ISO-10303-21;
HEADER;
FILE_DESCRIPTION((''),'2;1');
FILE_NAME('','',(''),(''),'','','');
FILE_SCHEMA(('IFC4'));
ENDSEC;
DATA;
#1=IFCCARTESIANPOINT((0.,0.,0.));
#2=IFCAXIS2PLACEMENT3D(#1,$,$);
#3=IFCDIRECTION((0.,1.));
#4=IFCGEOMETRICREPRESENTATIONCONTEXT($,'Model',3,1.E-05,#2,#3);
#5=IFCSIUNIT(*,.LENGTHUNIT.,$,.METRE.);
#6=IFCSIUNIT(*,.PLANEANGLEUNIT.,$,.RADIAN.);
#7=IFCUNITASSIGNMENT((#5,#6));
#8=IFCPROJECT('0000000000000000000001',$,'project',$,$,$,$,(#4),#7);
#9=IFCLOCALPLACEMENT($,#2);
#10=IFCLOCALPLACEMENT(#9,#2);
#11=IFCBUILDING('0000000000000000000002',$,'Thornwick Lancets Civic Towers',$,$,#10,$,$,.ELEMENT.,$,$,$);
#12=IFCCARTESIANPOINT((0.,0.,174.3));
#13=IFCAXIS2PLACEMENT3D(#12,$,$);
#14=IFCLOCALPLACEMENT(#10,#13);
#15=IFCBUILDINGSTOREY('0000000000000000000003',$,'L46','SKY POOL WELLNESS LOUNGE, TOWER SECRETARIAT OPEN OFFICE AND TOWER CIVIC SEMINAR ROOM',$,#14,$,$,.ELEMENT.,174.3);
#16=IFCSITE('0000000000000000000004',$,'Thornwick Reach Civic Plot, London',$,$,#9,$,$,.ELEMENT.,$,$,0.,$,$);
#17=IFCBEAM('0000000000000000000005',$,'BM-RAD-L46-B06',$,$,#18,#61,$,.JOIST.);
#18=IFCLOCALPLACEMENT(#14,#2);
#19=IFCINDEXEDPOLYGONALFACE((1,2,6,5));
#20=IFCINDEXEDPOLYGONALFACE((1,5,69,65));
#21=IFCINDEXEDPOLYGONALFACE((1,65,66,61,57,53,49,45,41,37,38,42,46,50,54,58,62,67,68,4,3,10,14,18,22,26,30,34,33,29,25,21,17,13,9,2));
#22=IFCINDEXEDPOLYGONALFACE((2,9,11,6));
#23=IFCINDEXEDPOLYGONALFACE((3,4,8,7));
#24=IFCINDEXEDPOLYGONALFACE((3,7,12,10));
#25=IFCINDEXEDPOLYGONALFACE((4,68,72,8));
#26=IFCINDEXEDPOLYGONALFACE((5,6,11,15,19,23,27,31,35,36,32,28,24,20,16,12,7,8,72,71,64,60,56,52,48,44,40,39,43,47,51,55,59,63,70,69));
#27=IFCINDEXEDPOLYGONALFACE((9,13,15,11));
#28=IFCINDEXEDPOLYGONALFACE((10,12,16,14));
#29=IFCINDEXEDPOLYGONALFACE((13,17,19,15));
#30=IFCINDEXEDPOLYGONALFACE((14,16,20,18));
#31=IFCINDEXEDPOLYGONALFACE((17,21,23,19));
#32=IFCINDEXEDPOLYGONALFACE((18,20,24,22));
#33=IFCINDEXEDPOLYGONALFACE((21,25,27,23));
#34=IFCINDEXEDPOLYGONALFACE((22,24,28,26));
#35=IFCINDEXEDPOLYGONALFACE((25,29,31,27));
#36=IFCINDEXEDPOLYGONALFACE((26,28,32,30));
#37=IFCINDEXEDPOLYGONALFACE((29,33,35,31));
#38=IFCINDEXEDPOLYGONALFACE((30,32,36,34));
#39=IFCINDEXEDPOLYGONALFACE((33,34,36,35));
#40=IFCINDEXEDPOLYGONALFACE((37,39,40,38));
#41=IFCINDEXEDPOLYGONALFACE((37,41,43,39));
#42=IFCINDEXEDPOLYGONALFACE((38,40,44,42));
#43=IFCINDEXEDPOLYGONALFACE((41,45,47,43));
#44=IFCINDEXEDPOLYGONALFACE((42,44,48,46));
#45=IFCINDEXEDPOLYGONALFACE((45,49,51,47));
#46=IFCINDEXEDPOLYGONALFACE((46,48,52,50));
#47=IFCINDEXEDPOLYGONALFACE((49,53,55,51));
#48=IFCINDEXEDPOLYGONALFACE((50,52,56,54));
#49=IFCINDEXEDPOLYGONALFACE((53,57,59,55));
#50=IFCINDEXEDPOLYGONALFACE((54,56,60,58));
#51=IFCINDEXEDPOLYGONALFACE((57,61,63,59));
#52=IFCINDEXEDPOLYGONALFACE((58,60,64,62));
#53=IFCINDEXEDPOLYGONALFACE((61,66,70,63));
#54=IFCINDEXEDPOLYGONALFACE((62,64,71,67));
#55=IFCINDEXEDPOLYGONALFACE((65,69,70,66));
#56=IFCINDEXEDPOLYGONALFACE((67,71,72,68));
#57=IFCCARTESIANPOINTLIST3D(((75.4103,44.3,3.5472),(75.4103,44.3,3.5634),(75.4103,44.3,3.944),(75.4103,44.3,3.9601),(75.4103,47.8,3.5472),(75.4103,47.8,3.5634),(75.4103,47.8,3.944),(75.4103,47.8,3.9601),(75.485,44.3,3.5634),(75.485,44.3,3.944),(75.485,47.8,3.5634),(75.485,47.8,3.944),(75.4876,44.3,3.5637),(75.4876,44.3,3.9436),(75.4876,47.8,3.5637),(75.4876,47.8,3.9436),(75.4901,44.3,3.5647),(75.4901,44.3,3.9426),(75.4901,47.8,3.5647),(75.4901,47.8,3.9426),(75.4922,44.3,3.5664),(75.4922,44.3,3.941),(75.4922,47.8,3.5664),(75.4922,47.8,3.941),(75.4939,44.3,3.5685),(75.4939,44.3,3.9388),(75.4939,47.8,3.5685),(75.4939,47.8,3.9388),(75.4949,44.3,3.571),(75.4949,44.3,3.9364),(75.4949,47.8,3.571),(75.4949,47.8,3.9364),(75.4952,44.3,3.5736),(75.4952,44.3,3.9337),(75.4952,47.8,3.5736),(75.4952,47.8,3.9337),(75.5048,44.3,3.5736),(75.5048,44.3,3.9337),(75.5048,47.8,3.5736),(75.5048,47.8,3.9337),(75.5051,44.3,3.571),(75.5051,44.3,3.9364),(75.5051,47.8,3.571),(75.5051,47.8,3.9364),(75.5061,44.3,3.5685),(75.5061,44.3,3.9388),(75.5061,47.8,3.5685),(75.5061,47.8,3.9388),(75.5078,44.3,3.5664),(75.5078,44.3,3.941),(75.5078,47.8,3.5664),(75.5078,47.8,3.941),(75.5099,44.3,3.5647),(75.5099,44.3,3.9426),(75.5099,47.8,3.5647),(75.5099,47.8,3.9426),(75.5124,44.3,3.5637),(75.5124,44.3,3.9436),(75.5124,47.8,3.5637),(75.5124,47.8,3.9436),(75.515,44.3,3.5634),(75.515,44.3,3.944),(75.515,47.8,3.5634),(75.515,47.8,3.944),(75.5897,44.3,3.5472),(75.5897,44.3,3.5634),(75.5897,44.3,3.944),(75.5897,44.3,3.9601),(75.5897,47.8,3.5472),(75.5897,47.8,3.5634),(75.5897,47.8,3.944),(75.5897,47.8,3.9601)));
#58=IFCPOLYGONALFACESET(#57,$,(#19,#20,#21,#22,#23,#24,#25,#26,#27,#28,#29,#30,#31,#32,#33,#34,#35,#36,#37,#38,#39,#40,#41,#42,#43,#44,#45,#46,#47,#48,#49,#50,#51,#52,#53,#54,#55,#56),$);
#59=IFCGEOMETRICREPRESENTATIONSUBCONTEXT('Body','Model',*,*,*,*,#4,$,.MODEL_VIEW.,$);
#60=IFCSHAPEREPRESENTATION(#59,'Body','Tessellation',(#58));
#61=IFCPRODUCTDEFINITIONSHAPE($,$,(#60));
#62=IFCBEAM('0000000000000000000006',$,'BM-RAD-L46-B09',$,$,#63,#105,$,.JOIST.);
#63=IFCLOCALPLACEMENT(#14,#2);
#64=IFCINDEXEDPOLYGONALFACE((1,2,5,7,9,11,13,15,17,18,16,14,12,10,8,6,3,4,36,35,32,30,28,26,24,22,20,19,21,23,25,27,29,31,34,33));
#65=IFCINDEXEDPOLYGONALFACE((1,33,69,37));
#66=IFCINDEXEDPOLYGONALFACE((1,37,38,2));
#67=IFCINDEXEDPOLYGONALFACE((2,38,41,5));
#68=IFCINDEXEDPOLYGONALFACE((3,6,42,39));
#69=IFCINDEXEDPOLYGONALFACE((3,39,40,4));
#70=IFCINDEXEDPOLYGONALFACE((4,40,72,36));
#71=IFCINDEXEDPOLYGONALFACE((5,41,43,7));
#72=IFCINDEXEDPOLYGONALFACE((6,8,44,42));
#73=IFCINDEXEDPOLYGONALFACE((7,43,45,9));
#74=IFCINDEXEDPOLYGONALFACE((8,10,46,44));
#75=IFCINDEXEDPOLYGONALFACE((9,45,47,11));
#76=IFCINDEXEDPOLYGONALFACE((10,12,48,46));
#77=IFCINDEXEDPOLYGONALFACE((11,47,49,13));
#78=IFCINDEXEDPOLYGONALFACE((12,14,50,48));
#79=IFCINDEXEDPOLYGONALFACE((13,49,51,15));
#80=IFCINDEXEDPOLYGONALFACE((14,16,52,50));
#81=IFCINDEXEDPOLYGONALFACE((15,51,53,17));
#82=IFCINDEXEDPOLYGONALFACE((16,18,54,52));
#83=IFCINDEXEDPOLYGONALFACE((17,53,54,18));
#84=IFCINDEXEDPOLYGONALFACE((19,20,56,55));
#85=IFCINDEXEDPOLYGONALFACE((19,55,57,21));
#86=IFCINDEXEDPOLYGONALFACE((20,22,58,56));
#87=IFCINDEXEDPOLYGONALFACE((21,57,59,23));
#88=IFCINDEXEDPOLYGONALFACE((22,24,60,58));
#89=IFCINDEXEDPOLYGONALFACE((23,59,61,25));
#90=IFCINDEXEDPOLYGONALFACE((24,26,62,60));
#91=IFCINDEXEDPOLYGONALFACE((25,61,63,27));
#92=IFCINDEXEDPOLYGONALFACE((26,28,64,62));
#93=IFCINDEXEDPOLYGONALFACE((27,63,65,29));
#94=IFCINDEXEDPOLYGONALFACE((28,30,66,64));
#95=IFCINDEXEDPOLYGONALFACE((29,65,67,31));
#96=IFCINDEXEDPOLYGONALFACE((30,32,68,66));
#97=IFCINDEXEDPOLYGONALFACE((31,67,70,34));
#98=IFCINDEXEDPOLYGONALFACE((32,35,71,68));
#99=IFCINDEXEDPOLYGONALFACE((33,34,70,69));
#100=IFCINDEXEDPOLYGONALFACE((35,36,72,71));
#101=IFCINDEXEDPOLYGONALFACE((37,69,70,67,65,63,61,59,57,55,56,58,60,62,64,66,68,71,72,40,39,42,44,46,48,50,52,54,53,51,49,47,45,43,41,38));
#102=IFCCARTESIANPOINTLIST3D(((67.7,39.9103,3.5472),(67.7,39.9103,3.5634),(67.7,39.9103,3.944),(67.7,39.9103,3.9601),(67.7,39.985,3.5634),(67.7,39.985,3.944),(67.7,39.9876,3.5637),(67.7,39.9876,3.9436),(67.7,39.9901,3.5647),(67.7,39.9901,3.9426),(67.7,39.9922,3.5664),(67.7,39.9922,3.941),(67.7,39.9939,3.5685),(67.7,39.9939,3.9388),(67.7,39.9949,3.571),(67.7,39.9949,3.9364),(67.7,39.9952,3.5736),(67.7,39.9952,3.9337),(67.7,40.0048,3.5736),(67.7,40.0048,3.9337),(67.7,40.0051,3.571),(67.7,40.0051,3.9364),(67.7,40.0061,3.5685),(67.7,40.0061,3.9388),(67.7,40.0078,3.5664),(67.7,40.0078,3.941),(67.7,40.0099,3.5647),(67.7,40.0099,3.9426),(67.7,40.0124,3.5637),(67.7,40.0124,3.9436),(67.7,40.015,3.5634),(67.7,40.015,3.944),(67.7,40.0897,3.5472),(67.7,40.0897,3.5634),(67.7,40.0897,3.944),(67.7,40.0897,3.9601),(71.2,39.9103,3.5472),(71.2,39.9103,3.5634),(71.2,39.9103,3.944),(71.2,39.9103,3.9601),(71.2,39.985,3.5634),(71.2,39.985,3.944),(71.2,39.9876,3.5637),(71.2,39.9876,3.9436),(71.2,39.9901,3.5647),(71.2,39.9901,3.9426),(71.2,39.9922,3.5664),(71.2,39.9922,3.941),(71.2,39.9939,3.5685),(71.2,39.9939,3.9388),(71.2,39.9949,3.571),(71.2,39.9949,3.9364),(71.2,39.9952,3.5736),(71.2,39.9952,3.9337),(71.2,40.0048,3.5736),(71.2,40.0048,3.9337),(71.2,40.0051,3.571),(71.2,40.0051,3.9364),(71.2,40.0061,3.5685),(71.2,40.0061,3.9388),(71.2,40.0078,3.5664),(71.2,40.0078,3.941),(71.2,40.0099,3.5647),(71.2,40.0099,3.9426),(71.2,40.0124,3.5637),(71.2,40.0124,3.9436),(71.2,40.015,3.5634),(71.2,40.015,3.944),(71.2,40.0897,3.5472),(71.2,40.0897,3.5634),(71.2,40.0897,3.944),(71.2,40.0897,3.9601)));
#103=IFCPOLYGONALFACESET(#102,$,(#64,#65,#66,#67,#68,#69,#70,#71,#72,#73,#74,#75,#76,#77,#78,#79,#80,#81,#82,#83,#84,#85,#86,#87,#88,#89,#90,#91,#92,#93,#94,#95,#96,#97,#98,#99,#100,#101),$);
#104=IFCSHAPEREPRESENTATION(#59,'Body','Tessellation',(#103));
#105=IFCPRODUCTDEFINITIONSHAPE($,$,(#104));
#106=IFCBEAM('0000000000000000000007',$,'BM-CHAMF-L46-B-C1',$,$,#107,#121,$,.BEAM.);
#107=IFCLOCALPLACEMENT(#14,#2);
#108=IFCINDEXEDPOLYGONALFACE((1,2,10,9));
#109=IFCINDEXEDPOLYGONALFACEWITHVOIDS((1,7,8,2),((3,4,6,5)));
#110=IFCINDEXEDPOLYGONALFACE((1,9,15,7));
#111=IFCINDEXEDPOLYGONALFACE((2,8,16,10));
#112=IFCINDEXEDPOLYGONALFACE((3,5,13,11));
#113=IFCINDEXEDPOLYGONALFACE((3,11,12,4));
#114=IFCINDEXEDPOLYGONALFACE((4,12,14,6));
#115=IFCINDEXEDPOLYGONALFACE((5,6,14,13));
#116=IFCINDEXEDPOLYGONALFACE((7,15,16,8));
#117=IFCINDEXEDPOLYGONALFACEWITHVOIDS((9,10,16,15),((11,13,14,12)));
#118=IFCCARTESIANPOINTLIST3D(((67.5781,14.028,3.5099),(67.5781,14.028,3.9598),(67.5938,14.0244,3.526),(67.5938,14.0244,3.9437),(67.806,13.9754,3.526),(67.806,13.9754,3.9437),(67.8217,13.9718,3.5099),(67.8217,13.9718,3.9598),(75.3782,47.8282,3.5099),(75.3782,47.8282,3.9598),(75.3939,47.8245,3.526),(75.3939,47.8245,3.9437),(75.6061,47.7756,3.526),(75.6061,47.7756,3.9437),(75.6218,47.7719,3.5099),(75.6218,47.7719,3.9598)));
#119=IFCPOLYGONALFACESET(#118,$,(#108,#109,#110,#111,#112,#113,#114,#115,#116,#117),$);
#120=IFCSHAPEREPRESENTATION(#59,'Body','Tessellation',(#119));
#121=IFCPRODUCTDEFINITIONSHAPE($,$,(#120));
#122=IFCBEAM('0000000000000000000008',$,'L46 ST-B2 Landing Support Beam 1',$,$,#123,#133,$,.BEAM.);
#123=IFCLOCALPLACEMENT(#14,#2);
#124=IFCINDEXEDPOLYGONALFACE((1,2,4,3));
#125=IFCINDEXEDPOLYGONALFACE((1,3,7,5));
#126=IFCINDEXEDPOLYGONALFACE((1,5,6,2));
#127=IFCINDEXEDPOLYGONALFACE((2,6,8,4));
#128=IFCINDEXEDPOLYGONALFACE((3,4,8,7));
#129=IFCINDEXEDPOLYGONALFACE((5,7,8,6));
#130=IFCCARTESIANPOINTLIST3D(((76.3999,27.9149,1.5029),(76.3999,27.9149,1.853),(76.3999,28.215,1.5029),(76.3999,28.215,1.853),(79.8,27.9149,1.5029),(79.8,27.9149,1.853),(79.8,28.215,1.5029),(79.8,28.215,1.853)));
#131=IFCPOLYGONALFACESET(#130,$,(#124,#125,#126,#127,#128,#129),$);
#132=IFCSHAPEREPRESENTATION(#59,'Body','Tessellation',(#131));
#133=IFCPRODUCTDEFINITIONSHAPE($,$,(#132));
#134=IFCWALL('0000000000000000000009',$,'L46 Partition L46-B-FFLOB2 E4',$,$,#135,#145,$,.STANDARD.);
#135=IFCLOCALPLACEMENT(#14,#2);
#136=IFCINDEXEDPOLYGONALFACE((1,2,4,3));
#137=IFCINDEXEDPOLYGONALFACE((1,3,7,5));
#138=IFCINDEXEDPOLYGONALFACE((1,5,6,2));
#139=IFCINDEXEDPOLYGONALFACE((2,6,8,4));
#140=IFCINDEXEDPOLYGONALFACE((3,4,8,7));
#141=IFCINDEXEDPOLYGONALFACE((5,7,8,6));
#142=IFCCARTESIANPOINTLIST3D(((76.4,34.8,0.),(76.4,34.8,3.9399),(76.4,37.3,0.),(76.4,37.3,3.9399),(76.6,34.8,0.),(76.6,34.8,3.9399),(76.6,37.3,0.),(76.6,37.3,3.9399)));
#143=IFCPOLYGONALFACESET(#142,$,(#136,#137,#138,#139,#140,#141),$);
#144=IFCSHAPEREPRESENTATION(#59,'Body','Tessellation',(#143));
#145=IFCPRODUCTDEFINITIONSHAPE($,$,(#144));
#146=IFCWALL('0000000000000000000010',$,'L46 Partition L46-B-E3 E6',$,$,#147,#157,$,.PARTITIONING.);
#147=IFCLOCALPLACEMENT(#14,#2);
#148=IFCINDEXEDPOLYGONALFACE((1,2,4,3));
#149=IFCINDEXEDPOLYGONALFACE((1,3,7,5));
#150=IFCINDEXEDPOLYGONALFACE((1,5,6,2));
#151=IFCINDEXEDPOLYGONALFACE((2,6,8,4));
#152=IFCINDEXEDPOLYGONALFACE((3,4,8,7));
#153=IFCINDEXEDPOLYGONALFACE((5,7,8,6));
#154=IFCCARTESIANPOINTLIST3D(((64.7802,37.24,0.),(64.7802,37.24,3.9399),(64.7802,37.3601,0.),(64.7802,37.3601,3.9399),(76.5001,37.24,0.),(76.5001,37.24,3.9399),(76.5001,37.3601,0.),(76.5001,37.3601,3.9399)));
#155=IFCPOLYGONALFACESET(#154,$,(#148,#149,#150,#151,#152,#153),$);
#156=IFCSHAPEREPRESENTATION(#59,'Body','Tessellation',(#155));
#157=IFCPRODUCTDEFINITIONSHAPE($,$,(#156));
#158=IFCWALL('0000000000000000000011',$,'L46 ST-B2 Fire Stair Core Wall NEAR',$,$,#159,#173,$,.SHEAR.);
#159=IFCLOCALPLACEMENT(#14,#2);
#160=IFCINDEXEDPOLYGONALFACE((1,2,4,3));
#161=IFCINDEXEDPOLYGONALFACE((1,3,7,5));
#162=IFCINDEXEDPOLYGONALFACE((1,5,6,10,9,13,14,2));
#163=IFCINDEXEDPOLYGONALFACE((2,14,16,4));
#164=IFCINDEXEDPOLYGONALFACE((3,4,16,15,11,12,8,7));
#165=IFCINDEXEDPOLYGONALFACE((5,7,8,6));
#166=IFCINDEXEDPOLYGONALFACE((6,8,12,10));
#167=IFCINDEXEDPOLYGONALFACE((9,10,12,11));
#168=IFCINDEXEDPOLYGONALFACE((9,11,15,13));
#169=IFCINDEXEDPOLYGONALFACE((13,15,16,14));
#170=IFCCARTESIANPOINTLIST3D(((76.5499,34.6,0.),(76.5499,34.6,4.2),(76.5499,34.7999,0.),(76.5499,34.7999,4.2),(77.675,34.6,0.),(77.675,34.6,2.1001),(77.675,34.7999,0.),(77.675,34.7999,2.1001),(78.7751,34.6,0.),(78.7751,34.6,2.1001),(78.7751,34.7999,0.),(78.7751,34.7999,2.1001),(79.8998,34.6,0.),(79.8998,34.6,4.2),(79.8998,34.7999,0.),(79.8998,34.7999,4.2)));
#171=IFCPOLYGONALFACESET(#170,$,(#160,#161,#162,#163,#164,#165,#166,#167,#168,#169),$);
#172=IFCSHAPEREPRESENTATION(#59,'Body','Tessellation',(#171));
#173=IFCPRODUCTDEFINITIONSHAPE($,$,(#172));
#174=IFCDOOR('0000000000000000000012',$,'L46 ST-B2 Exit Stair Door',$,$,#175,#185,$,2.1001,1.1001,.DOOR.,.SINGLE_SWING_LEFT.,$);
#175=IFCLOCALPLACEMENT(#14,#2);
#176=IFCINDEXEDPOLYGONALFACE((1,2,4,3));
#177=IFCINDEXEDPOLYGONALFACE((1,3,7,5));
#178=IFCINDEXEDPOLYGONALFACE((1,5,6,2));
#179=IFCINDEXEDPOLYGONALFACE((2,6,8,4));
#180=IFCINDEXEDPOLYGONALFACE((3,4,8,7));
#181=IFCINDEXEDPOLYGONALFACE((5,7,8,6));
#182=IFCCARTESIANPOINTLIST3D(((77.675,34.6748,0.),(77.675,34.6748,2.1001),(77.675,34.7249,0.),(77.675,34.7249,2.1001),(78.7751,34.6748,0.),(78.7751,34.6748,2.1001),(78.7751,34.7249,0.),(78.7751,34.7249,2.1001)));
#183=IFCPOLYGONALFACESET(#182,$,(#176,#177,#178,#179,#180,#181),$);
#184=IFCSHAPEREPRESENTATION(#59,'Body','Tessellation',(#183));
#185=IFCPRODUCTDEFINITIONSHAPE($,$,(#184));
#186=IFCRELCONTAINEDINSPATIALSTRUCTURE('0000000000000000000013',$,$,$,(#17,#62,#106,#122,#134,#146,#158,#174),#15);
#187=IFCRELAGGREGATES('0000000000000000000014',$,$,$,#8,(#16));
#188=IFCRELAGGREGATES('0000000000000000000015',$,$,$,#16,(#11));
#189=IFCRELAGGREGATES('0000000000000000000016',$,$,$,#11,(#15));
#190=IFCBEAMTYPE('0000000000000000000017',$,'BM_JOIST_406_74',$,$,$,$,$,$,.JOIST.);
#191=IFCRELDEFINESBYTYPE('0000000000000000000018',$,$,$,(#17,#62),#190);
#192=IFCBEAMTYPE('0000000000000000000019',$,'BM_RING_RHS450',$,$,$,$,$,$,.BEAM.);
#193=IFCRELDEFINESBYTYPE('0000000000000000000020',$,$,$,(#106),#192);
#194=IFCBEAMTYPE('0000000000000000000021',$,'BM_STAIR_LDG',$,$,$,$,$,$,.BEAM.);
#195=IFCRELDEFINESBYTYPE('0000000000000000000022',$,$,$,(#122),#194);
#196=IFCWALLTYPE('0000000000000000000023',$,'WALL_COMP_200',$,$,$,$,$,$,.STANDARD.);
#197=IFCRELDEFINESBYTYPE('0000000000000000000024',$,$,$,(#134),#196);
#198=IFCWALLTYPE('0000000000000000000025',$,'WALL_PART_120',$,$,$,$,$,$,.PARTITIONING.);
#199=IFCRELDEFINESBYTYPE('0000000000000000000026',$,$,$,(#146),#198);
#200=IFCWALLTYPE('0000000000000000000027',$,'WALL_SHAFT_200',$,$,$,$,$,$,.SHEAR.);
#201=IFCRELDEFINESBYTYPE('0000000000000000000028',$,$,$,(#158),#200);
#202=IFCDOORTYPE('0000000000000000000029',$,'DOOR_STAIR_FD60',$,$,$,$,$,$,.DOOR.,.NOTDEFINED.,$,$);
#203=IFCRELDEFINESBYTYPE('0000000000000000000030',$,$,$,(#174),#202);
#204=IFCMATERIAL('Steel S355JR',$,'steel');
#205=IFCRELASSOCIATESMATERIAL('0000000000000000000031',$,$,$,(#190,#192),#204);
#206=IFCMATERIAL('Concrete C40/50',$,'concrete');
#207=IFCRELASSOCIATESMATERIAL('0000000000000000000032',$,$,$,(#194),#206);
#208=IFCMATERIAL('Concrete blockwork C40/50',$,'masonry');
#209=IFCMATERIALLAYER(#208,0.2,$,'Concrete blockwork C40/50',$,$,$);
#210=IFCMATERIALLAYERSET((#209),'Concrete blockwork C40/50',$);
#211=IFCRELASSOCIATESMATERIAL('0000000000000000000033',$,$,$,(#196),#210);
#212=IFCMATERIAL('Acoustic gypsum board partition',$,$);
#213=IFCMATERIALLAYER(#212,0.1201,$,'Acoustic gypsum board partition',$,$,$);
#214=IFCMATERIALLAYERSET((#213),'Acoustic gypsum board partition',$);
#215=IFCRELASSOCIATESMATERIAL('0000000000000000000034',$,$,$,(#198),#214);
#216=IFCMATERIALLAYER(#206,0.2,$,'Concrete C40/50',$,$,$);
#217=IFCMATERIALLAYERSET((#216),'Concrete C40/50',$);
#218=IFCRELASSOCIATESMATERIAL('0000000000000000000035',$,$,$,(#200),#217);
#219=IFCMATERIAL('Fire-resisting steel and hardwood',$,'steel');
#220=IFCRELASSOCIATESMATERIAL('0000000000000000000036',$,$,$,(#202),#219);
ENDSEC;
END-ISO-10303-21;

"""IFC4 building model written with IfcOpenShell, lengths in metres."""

from ifc_helpers import new_model, si_unit, direction, frame, frame_2d, origin, origin_2d, place, context, subcontext, project, spatial, rectangle, hollow_rectangle, i_section, extrude, material, layer, layer_set, material_profile, profile_set, type_object, element, fill, save


model = new_model("IFC4")

# Units and contexts
model_context = context("Model", 3, precision=1e-05, world=origin(), true_north=direction((0.0, 1.0)))
body_context = subcontext(model_context, "Body", "Model", "MODEL_VIEW")
ifc_project = project(units=[si_unit("LENGTHUNIT", "METRE"), si_unit("PLANEANGLEUNIT", "RADIAN")], contexts=[model_context])

# Site, building, storey
site_placement = place(None, origin())
site = spatial("IfcSite", under=ifc_project, at=site_placement, Name="Thornwick Reach Civic Plot, London", CompositionType="ELEMENT", RefElevation=0.0)
building_placement = place(site_placement, origin())
building = spatial("IfcBuilding", under=site, at=building_placement, Name="Thornwick Lancets Civic Towers", CompositionType="ELEMENT")
storey_placement = place(building_placement, frame((0.0, 0.0, 174.3)))
storey = spatial("IfcBuildingStorey", under=building, at=storey_placement, Name="L46", Description="SKY POOL WELLNESS LOUNGE, TOWER SECRETARIAT OPEN OFFICE AND TOWER CIVIC SEMINAR ROOM", CompositionType="ELEMENT", Elevation=174.3)

# Beams
ifc_material_1 = material(Name="Steel S355JR", Category="steel")
ifc_material_profile_1 = material_profile(ifc_material_1, i_section(OverallWidth=0.1794, OverallDepth=0.4128, WebThickness=0.0095, FlangeThickness=0.0161, FilletRadius=0.0103, at=origin_2d()), Name="UKB 406x178x74")
ifc_profile_set_1 = profile_set([ifc_material_profile_1], Name="Steel S355JR")
beam_type_1 = type_object("IfcBeamType", Name="BM_JOIST_406_74", PredefinedType="JOIST", material=ifc_profile_set_1)
for number, where, z_axis, x_axis, name in (
    (1, (75.5, 44.3, 3.7537), (0.0, 1.0, 0.0), (-1.0, 0.0, 0.0), "BM-RAD-L46-B06"),
    (2, (71.2, 40.0, 3.7537), (-1.0, 0.0, 0.0), (0.0, -1.0, 0.0), "BM-RAD-L46-B09"),
):
    element("IfcBeam", number, at=place(storey_placement, frame(where, z_axis=z_axis, x_axis=x_axis)), inside=storey, type_object=beam_type_1, Name=name, PredefinedType="JOIST", context=body_context, shape_type="SweptSolid", body=[
        extrude(i_section(OverallWidth=0.1794, OverallDepth=0.4128, WebThickness=0.0095, FlangeThickness=0.0161, FilletRadius=0.0103, at=origin_2d()), origin(), (0.0, 0.0, 1.0), 3.5),
    ])
ifc_material_profile_2 = material_profile(ifc_material_1, hollow_rectangle(XDim=0.25, YDim=0.45, WallThickness=0.0161, at=origin_2d()), Name="RHS 450x250x16")
ifc_profile_set_2 = profile_set([ifc_material_profile_2], Name="Steel S355JR")
beam_type_2 = type_object("IfcBeamType", Name="BM_RING_RHS450", PredefinedType="BEAM", material=ifc_profile_set_2)
beam_1_placement = place(storey_placement, frame((75.5, 47.8, 3.7349), z_axis=(-0.224861, -0.974391, 0.0), x_axis=(0.974391, -0.224861, 0.0)))
element("IfcBeam", 3, at=beam_1_placement, inside=storey, type_object=beam_type_2, Name="BM-CHAMF-L46-B-C1", PredefinedType="BEAM", context=body_context, shape_type="SweptSolid", body=[
    extrude(hollow_rectangle(XDim=0.25, YDim=0.45, WallThickness=0.0161, at=origin_2d()), origin(), (0.0, 0.0, 1.0), 34.6885),
])
ifc_material_2 = material(Name="Concrete C40/50", Category="concrete")
ifc_material_profile_3 = material_profile(ifc_material_2, rectangle(XDim=0.3, YDim=0.3501, at=origin_2d()), Name="RC 300x350")
ifc_profile_set_3 = profile_set([ifc_material_profile_3], Name="Concrete C40/50")
beam_type_3 = type_object("IfcBeamType", Name="BM_STAIR_LDG", PredefinedType="BEAM", material=ifc_profile_set_3)
beam_2_placement = place(storey_placement, frame((76.3999, 28.0649, 1.678), z_axis=(1.0, 0.0, 0.0), x_axis=(0.0, 1.0, 0.0)))
element("IfcBeam", 4, at=beam_2_placement, inside=storey, type_object=beam_type_3, Name="L46 ST-B2 Landing Support Beam 1", PredefinedType="BEAM", context=body_context, shape_type="SweptSolid", body=[
    extrude(rectangle(XDim=0.3, YDim=0.3501, at=origin_2d()), origin(), (0.0, 0.0, 1.0), 3.4001),
])

# Walls
ifc_material_3 = material(Name="Concrete blockwork C40/50", Category="masonry")
ifc_layer_1 = layer(ifc_material_3, 0.2, Name="Concrete blockwork C40/50")
ifc_layer_set_1 = layer_set([ifc_layer_1], Name="Concrete blockwork C40/50")
wall_type_1 = type_object("IfcWallType", Name="WALL_COMP_200", PredefinedType="STANDARD", material=ifc_layer_set_1)
wall_1_placement = place(storey_placement, frame((76.5, 37.3, 0.0), z_axis=(0.0, 0.0, 1.0), x_axis=(0.0, -1.0, 0.0)))
element("IfcWall", 5, at=wall_1_placement, inside=storey, type_object=wall_type_1, Name="L46 Partition L46-B-FFLOB2 E4", PredefinedType="STANDARD", context=body_context, shape_type="SweptSolid", body=[
    extrude(rectangle(XDim=2.5, YDim=0.2, at=frame_2d((1.25, 0.0))), origin(), (0.0, 0.0, 1.0), 3.9399),
])
ifc_material_4 = material(Name="Acoustic gypsum board partition")
ifc_layer_2 = layer(ifc_material_4, 0.1201, Name="Acoustic gypsum board partition")
ifc_layer_set_2 = layer_set([ifc_layer_2], Name="Acoustic gypsum board partition")
wall_type_2 = type_object("IfcWallType", Name="WALL_PART_120", PredefinedType="PARTITIONING", material=ifc_layer_set_2)
wall_2_placement = place(storey_placement, frame((76.5, 37.3, 0.0), z_axis=(0.0, 0.0, 1.0), x_axis=(-1.0, 0.0, 0.0)))
element("IfcWall", 6, at=wall_2_placement, inside=storey, type_object=wall_type_2, Name="L46 Partition L46-B-E3 E6", PredefinedType="PARTITIONING", context=body_context, shape_type="SweptSolid", body=[
    extrude(rectangle(XDim=11.72, YDim=0.1201, at=frame_2d((5.8599, 0.0))), origin(), (0.0, 0.0, 1.0), 3.9399),
])

# Wall, opening, door
ifc_layer_3 = layer(ifc_material_2, 0.2, Name="Concrete C40/50")
ifc_layer_set_3 = layer_set([ifc_layer_3], Name="Concrete C40/50")
wall_type_3 = type_object("IfcWallType", Name="WALL_SHAFT_200", PredefinedType="SHEAR", material=ifc_layer_set_3)
wall_3_placement = place(storey_placement, frame((76.55, 34.7, 0.0), z_axis=(0.0, 0.0, 1.0), x_axis=(1.0, 0.0, 0.0)))
wall_3 = element("IfcWall", 7, at=wall_3_placement, inside=storey, type_object=wall_type_3, Name="L46 ST-B2 Fire Stair Core Wall NEAR", PredefinedType="SHEAR", context=body_context, shape_type="SweptSolid", body=[
    extrude(rectangle(XDim=3.3499, YDim=0.2, at=frame_2d((1.6748, 0.0))), origin(), (0.0, 0.0, 1.0), 4.2),
])
opening_placement = place(wall_3_placement, frame((1.125, 0.0, 0.0)))
opening = element("IfcOpeningElement", 8, at=opening_placement, cuts=wall_3, PredefinedType="OPENING", context=body_context, shape_type="SweptSolid", body=[
    extrude(rectangle(XDim=1.1001, YDim=2.1001, at=frame_2d((0.55, 1.05))), frame((0.0, 0.1099, 0.0), z_axis=(0.0, -1.0, 0.0), x_axis=(1.0, 0.0, 0.0)), (0.0, 0.0, 1.0), 0.22),
])
ifc_material_5 = material(Name="Fire-resisting steel and hardwood", Category="steel")
door_type = type_object("IfcDoorType", Name="DOOR_STAIR_FD60", OperationType="NOTDEFINED", PredefinedType="DOOR", material=ifc_material_5)
door_placement = place(opening_placement, origin())
door = element("IfcDoor", 9, at=door_placement, inside=storey, type_object=door_type, Name="L46 ST-B2 Exit Stair Door", OperationType="SINGLE_SWING_LEFT", OverallHeight=2.1001, OverallWidth=1.1001, PredefinedType="DOOR", context=body_context, shape_type="SweptSolid", body=[
    extrude(rectangle(XDim=1.1001, YDim=2.1001, at=frame_2d((0.55, 1.05))), frame((0.0, 0.0249, 0.0), z_axis=(0.0, -1.0, 0.0), x_axis=(1.0, 0.0, 0.0)), (0.0, 0.0, 1.0), 0.05),
])
fill(opening, door)

save(model, "model.ifc")
